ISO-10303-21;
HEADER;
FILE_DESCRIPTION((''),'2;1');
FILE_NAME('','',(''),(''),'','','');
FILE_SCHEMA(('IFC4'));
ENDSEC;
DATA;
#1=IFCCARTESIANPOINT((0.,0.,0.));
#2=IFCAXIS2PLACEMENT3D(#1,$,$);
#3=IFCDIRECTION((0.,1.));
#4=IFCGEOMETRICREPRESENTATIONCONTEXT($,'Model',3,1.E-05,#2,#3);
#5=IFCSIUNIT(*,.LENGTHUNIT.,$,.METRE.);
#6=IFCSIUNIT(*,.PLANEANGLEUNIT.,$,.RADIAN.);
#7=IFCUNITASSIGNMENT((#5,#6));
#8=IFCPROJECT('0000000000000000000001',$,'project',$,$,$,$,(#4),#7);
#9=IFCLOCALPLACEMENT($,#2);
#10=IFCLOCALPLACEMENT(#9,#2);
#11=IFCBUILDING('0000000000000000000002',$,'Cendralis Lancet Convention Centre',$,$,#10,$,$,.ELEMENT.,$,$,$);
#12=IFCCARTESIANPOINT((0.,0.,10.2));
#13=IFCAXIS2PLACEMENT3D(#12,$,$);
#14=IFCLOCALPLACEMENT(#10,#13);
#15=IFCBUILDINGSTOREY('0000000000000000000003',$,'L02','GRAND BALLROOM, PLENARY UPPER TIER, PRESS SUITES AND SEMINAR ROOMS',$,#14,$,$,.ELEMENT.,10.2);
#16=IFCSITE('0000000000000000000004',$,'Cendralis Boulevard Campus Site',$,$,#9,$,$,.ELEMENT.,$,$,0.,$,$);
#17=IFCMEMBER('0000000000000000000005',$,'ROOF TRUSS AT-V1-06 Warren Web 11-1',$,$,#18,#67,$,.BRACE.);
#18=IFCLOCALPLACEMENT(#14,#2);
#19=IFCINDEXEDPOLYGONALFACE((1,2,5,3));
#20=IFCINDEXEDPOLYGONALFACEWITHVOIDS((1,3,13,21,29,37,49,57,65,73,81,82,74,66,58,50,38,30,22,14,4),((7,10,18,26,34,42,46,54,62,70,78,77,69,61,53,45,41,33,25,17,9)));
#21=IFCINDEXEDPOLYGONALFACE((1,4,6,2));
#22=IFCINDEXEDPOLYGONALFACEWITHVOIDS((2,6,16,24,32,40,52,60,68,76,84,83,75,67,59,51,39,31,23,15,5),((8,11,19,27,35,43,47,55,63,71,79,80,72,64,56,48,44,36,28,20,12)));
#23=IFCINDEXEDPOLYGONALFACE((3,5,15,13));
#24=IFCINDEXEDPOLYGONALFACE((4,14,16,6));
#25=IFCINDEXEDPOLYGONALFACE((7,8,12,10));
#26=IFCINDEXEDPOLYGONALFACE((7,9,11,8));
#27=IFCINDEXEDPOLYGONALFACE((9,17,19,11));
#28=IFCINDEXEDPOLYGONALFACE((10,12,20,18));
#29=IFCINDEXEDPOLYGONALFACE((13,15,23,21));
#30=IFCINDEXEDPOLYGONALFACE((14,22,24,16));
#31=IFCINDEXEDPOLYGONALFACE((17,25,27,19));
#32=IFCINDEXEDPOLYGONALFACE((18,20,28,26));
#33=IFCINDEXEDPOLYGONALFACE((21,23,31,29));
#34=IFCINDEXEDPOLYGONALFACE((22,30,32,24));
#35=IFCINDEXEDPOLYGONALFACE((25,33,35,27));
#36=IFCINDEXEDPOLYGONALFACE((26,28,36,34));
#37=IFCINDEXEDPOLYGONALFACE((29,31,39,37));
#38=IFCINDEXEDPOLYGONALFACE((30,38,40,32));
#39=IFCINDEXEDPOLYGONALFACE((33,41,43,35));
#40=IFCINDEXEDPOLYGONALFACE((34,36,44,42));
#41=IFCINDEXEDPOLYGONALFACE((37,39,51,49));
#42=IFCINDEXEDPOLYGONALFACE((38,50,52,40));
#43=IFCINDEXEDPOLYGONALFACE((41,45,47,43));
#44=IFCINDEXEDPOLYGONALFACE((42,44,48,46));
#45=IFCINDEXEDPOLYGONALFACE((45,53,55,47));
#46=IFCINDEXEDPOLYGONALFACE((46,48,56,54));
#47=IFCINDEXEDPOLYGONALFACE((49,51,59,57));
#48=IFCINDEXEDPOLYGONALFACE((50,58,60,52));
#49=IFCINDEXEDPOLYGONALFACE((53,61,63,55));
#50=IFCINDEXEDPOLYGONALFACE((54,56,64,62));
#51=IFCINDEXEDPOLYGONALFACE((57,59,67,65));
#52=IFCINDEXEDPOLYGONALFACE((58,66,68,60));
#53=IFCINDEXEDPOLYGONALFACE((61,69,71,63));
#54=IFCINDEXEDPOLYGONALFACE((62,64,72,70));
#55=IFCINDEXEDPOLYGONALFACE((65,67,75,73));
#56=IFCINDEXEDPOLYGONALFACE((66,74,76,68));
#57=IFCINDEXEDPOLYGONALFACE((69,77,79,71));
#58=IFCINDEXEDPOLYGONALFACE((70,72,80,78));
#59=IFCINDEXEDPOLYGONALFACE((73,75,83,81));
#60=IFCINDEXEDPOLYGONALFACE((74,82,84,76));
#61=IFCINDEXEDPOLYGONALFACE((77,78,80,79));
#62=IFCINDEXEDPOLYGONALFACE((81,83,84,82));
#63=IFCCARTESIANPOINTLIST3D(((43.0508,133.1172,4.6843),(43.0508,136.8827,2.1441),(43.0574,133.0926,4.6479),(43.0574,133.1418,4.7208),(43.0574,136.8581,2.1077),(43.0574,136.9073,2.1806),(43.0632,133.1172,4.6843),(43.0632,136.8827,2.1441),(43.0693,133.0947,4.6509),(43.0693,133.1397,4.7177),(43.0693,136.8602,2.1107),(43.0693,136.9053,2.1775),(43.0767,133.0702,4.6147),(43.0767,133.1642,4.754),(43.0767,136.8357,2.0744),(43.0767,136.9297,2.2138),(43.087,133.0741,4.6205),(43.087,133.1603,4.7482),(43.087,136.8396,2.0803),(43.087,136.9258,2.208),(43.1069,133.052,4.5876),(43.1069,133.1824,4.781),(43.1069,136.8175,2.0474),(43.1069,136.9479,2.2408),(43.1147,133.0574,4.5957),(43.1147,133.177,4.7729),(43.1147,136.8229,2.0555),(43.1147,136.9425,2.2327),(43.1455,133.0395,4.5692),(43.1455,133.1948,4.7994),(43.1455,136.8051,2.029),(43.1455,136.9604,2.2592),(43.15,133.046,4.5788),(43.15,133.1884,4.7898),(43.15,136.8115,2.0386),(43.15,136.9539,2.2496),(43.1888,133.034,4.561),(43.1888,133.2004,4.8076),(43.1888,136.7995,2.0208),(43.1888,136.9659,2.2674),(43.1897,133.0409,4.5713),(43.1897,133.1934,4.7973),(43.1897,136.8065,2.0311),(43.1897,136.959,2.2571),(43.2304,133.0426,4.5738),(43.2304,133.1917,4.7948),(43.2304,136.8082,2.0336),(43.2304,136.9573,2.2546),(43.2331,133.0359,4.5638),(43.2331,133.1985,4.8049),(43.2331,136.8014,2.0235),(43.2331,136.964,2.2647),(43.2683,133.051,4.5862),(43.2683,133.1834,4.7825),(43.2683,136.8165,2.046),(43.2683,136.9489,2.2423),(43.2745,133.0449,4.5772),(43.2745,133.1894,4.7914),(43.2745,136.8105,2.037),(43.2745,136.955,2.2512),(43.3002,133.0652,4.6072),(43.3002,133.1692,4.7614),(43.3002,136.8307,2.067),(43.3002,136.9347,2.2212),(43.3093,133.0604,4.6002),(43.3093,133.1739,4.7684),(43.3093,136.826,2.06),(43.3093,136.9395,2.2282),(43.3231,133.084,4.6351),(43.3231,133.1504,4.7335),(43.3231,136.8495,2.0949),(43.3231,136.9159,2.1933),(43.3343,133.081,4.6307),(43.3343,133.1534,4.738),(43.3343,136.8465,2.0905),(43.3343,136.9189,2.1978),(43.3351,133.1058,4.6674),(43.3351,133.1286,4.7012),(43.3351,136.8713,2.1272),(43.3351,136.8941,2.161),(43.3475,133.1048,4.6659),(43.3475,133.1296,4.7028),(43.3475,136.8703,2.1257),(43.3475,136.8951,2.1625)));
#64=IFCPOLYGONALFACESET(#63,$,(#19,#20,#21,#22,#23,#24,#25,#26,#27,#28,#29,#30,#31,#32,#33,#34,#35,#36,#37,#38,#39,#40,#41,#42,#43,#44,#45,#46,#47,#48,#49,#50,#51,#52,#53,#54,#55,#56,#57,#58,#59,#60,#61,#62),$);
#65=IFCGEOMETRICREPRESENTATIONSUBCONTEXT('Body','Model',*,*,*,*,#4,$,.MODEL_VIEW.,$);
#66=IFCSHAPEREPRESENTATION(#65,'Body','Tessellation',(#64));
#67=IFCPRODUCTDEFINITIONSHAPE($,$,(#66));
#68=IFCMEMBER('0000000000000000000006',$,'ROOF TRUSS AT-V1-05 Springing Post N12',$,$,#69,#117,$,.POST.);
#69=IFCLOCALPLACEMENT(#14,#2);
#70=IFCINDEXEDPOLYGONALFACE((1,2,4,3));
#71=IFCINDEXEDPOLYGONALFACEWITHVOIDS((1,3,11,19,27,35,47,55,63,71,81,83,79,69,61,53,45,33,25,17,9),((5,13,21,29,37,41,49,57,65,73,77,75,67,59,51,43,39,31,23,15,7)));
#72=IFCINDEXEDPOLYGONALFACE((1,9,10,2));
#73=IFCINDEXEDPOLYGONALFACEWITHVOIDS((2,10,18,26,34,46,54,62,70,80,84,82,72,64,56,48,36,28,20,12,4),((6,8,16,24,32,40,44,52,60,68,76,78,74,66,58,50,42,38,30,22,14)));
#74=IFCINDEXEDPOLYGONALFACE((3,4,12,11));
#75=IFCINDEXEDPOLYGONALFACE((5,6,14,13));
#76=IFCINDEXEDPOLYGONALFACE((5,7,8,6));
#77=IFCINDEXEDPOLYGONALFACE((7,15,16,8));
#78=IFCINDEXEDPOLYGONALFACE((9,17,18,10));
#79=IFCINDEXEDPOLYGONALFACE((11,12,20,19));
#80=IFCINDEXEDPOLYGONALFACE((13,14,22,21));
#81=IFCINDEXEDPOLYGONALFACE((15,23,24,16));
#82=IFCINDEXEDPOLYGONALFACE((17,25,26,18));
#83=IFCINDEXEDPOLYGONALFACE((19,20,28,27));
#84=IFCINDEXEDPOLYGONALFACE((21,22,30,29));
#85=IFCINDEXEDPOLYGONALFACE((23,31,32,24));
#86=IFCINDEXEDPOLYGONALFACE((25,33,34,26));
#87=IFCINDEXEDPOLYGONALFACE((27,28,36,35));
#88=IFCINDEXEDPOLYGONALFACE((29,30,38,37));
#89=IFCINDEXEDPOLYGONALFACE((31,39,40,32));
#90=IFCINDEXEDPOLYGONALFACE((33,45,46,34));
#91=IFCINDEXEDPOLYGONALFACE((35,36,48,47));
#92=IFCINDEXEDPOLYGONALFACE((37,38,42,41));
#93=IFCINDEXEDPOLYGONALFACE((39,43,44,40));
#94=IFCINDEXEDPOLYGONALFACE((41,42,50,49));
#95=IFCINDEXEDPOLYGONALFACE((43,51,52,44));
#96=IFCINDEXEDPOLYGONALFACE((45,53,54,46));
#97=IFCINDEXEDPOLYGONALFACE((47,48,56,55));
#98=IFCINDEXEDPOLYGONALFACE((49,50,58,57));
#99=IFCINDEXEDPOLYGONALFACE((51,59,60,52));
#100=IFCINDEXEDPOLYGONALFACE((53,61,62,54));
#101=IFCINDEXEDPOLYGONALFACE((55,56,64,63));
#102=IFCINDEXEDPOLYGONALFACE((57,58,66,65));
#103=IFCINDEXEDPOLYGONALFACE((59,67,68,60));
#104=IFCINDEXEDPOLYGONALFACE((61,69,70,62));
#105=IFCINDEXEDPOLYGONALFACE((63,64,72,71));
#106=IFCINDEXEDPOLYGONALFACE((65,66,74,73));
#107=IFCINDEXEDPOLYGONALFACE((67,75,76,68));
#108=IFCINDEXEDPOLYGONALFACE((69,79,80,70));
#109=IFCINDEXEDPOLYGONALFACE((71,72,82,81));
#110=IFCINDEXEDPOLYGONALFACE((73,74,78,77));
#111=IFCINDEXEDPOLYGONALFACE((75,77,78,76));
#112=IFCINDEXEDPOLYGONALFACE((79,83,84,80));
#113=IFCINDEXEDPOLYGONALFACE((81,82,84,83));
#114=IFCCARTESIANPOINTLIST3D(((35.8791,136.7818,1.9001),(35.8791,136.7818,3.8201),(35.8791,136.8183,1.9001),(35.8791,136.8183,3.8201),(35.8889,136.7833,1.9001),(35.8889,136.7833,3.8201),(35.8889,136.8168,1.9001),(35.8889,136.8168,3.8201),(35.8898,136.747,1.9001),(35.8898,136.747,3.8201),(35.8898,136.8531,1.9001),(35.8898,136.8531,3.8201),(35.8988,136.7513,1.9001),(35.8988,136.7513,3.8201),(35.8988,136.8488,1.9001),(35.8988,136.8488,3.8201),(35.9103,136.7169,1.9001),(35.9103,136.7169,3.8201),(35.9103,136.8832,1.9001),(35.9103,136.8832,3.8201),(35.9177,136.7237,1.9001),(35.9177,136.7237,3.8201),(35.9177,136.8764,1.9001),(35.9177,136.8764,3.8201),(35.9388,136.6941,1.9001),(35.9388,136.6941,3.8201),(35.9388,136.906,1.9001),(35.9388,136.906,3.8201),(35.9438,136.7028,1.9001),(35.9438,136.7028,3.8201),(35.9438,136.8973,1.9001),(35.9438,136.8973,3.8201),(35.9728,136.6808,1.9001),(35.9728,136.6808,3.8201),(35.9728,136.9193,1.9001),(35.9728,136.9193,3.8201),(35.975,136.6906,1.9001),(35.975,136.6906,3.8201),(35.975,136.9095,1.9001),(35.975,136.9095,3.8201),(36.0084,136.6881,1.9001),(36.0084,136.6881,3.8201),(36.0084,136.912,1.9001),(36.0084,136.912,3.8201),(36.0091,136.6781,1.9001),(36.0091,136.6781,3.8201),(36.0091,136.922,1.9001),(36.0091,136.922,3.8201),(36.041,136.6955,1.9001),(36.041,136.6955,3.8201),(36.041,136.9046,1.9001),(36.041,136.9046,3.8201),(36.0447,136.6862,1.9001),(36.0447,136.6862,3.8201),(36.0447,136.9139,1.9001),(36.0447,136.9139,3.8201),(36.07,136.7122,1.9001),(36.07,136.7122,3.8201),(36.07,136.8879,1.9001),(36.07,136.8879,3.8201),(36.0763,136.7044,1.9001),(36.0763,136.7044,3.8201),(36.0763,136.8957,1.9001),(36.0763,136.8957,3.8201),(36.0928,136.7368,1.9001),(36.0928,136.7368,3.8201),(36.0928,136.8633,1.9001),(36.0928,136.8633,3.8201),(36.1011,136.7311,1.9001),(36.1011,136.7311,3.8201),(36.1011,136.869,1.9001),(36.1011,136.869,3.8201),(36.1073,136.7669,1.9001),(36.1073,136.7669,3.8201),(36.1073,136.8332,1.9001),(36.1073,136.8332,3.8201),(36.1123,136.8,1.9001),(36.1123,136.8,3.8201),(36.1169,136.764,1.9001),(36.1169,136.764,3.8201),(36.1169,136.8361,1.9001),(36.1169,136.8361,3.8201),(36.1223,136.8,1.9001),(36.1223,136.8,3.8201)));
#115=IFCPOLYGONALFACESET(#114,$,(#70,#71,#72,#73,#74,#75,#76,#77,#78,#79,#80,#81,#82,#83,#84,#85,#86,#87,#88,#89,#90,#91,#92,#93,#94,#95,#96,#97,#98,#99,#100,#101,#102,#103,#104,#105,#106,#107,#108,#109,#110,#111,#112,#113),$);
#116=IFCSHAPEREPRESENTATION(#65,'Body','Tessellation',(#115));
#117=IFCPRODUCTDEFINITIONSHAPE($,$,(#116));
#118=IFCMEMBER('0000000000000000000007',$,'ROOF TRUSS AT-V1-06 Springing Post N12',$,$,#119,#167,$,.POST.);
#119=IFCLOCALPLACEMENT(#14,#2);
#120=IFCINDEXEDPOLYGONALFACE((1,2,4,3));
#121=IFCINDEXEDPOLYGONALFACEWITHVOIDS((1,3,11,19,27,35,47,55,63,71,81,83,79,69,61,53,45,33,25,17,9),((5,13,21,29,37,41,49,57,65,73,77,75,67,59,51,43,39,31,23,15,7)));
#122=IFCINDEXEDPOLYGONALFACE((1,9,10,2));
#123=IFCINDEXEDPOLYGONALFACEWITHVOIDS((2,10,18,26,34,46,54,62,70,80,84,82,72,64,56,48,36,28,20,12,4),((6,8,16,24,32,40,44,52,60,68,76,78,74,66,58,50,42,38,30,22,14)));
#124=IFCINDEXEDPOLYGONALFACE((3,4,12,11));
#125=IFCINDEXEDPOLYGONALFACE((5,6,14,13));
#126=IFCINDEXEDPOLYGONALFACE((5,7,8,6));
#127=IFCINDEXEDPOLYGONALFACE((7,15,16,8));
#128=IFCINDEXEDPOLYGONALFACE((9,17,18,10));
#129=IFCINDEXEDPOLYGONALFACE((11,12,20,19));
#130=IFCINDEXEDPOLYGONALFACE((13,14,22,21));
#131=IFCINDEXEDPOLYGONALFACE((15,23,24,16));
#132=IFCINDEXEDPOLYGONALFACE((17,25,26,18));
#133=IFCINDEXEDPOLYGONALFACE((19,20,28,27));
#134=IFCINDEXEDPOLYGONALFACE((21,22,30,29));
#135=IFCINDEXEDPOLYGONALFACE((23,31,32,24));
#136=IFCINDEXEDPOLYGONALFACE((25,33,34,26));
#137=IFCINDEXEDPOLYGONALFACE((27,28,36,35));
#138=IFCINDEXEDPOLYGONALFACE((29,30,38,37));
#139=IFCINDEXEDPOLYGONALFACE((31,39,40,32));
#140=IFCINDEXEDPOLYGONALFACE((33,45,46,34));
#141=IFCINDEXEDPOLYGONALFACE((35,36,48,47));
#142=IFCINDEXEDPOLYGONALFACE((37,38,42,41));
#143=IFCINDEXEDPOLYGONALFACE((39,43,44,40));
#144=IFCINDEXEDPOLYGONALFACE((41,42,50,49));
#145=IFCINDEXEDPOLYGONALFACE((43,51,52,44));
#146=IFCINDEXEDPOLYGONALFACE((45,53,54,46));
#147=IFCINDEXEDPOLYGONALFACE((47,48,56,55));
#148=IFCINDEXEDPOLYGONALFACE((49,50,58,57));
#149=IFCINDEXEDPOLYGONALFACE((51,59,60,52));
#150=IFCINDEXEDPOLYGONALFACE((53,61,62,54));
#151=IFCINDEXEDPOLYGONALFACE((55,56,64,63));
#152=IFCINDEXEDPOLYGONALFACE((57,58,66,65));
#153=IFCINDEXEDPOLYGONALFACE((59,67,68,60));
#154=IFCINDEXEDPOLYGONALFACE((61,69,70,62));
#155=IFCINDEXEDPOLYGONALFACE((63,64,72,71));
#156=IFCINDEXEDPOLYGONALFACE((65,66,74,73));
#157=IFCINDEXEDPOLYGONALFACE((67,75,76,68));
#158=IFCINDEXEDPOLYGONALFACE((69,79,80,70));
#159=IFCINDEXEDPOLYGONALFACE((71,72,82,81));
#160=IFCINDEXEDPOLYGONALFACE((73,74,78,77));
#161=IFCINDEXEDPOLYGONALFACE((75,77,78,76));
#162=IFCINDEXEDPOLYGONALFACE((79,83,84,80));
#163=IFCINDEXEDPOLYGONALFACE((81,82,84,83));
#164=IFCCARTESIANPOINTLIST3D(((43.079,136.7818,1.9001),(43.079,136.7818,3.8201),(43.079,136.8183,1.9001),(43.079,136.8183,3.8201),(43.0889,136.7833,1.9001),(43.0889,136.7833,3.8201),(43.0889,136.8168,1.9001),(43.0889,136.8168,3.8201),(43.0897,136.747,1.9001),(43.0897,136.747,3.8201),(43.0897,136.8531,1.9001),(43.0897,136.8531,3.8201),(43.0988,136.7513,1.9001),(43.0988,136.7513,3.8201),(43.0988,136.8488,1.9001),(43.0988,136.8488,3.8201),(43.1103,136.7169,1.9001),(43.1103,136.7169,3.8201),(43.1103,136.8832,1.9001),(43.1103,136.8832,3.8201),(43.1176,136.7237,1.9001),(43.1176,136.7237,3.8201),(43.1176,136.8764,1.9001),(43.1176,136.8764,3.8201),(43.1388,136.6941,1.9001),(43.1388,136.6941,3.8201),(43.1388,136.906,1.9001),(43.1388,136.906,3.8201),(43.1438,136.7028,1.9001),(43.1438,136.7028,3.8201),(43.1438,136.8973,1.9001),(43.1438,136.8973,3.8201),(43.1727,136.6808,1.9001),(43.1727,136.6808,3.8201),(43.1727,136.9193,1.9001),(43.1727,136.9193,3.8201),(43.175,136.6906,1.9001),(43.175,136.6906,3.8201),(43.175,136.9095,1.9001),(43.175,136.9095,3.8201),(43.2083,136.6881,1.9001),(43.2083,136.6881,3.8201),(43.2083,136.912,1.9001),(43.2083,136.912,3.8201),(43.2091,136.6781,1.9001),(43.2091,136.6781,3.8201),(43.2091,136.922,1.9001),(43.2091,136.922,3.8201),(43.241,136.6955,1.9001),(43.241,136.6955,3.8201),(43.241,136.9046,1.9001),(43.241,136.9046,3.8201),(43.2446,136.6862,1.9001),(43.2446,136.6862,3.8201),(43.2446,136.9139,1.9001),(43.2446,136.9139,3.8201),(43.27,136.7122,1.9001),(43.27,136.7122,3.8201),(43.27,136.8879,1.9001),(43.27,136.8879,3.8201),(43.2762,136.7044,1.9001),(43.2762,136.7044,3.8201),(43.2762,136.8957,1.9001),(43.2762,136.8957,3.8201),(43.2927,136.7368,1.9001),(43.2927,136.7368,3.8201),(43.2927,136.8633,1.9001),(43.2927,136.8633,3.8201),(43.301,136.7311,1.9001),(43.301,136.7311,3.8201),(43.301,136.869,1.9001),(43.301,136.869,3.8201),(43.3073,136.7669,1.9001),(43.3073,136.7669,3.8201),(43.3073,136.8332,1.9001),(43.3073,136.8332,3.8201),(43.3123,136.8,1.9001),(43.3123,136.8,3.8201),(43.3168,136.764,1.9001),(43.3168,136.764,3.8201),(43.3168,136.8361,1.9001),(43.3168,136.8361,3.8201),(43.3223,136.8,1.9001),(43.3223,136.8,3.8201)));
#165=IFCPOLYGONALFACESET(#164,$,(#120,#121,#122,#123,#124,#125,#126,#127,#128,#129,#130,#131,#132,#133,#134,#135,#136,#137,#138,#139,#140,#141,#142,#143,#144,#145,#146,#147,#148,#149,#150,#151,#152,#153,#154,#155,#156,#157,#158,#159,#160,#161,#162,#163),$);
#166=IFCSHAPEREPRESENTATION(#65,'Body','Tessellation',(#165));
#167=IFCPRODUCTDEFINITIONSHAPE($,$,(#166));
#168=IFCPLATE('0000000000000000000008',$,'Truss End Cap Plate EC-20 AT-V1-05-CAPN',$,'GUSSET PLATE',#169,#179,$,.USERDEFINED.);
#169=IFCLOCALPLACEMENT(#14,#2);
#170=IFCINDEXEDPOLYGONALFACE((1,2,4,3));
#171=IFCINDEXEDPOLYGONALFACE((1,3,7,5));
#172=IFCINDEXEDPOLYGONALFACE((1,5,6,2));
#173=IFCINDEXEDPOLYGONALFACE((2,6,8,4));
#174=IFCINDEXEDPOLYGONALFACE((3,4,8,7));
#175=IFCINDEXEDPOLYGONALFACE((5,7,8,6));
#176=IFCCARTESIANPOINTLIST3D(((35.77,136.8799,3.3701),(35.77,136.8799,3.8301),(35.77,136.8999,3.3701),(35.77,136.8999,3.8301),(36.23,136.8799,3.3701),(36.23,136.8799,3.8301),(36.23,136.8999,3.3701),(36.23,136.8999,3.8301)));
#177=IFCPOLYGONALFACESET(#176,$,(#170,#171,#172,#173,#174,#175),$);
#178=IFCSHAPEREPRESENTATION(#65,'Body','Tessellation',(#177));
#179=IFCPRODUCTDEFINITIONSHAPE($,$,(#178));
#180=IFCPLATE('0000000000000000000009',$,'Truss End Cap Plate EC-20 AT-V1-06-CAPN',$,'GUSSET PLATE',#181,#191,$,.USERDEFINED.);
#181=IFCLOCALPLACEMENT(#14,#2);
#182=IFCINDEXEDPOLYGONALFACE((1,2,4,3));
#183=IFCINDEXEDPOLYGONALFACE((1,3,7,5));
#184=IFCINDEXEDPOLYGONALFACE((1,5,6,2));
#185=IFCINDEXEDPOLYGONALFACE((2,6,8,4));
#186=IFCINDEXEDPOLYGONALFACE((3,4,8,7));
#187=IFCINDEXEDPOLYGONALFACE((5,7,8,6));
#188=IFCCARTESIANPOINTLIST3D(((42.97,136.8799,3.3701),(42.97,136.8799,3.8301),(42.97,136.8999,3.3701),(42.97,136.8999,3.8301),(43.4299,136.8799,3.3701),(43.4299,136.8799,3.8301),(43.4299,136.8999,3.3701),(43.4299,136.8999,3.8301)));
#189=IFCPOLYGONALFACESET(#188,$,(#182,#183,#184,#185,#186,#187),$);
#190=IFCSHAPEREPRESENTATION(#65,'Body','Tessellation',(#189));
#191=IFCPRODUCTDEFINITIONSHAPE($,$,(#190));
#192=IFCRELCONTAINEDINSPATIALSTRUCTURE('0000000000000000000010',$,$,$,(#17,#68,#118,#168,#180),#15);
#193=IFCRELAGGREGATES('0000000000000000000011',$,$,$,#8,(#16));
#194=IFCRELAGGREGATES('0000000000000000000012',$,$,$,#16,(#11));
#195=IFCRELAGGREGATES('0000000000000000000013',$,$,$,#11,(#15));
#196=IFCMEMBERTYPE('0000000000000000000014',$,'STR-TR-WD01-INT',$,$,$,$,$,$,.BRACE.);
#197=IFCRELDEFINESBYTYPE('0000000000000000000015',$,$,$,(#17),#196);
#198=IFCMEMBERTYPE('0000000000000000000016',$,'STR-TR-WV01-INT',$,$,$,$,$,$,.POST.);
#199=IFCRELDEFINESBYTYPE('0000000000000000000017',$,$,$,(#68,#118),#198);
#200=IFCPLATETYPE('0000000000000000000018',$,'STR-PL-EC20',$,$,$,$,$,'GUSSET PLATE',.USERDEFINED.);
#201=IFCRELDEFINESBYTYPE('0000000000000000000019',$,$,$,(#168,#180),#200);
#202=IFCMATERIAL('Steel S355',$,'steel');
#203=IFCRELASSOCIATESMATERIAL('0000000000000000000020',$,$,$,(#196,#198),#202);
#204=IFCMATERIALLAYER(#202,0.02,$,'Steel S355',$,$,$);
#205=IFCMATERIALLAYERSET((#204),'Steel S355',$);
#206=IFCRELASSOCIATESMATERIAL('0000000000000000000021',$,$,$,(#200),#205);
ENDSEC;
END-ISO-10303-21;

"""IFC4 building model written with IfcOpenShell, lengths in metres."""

from ifc_helpers import new_model, si_unit, direction, frame, origin, origin_2d, place, context, subcontext, project, spatial, rectangle, hollow_circle, extrude, material, layer, layer_set, material_profile, profile_set, type_object, element, save


model = new_model("IFC4")

# Units and contexts
model_context = context("Model", 3, precision=1e-05, world=origin(), true_north=direction((0.0, 1.0)))
body_context = subcontext(model_context, "Body", "Model", "MODEL_VIEW")
ifc_project = project(units=[si_unit("LENGTHUNIT", "METRE"), si_unit("PLANEANGLEUNIT", "RADIAN")], contexts=[model_context])

# Site, building, storey
site_placement = place(None, origin())
site = spatial("IfcSite", under=ifc_project, at=site_placement, Name="Cendralis Boulevard Campus Site", CompositionType="ELEMENT", RefElevation=0.0)
building_placement = place(site_placement, origin())
building = spatial("IfcBuilding", under=site, at=building_placement, Name="Cendralis Lancet Convention Centre", CompositionType="ELEMENT")
storey_placement = place(building_placement, frame((0.0, 0.0, 10.2)))
storey = spatial("IfcBuildingStorey", under=building, at=storey_placement, Name="L02", Description="GRAND BALLROOM, PLENARY UPPER TIER, PRESS SUITES AND SEMINAR ROOMS", CompositionType="ELEMENT", Elevation=10.2)

# Members
ifc_material_1 = material(Name="Steel S355", Category="steel")
ifc_material_profile_1 = material_profile(ifc_material_1, hollow_circle(Radius=0.1492, WallThickness=0.0125, at=origin_2d()), Name="CHS 298.5x12.5")
ifc_profile_set_1 = profile_set([ifc_material_profile_1], Name="Steel S355")
member_type_1 = type_object("IfcMemberType", Name="STR-TR-WD01-INT", PredefinedType="BRACE", material=ifc_profile_set_1)
member_1_placement = place(storey_placement, frame((43.2, 133.1172, 4.6843), z_axis=(0.0, 0.829003, -0.559244), x_axis=(-1.0, 0.0, 0.0)))
element("IfcMember", 1, at=member_1_placement, inside=storey, type_object=member_type_1, Name="ROOF TRUSS AT-V1-06 Warren Web 11-1", PredefinedType="BRACE", context=body_context, shape_type="SweptSolid", body=[
    extrude(hollow_circle(Radius=0.1492, WallThickness=0.0125, at=origin_2d()), origin(), (0.0, 0.0, 1.0), 4.5422),
])
ifc_material_profile_2 = material_profile(ifc_material_1, hollow_circle(Radius=0.1223, WallThickness=0.01, at=origin_2d()), Name="CHS 244.5x10.0")
ifc_profile_set_2 = profile_set([ifc_material_profile_2], Name="Steel S355")
member_type_2 = type_object("IfcMemberType", Name="STR-TR-WV01-INT", PredefinedType="POST", material=ifc_profile_set_2)
for number, where, z_axis, x_axis, name in (
    (2, (36.0, 136.8, 1.9001), (0.0, 0.0, 1.0), (1.0, 0.0, 0.0), "ROOF TRUSS AT-V1-05 Springing Post N12"),
    (3, (43.2, 136.8, 1.9001), (0.0, 0.0, 1.0), (1.0, 0.0, 0.0), "ROOF TRUSS AT-V1-06 Springing Post N12"),
):
    element("IfcMember", number, at=place(storey_placement, frame(where, z_axis=z_axis, x_axis=x_axis)), inside=storey, type_object=member_type_2, Name=name, PredefinedType="POST", context=body_context, shape_type="SweptSolid", body=[
        extrude(hollow_circle(Radius=0.1223, WallThickness=0.01, at=origin_2d()), origin(), (0.0, 0.0, 1.0), 1.9199),
    ])

# Plates
ifc_layer_1 = layer(ifc_material_1, 0.02, Name="Steel S355")
ifc_layer_set_1 = layer_set([ifc_layer_1], Name="Steel S355")
plate_type_1 = type_object("IfcPlateType", Name="STR-PL-EC20", ElementType="GUSSET PLATE", PredefinedType="USERDEFINED", material=ifc_layer_set_1)
for number, where, z_axis, x_axis, name in (
    (4, (36.0, 136.8899, 3.3701), (0.0, 0.0, 1.0), (1.0, 0.0, 0.0), "Truss End Cap Plate EC-20 AT-V1-05-CAPN"),
    (5, (43.2, 136.8899, 3.3701), (0.0, 0.0, 1.0), (1.0, 0.0, 0.0), "Truss End Cap Plate EC-20 AT-V1-06-CAPN"),
):
    element("IfcPlate", number, at=place(storey_placement, frame(where, z_axis=z_axis, x_axis=x_axis)), inside=storey, type_object=plate_type_1, Name=name, ObjectType="GUSSET PLATE", PredefinedType="USERDEFINED", context=body_context, shape_type="SweptSolid", body=[
        extrude(rectangle(XDim=0.46, YDim=0.02, at=origin_2d()), origin(), (0.0, 0.0, 1.0), 0.46),
    ])

save(model, "model.ifc")
